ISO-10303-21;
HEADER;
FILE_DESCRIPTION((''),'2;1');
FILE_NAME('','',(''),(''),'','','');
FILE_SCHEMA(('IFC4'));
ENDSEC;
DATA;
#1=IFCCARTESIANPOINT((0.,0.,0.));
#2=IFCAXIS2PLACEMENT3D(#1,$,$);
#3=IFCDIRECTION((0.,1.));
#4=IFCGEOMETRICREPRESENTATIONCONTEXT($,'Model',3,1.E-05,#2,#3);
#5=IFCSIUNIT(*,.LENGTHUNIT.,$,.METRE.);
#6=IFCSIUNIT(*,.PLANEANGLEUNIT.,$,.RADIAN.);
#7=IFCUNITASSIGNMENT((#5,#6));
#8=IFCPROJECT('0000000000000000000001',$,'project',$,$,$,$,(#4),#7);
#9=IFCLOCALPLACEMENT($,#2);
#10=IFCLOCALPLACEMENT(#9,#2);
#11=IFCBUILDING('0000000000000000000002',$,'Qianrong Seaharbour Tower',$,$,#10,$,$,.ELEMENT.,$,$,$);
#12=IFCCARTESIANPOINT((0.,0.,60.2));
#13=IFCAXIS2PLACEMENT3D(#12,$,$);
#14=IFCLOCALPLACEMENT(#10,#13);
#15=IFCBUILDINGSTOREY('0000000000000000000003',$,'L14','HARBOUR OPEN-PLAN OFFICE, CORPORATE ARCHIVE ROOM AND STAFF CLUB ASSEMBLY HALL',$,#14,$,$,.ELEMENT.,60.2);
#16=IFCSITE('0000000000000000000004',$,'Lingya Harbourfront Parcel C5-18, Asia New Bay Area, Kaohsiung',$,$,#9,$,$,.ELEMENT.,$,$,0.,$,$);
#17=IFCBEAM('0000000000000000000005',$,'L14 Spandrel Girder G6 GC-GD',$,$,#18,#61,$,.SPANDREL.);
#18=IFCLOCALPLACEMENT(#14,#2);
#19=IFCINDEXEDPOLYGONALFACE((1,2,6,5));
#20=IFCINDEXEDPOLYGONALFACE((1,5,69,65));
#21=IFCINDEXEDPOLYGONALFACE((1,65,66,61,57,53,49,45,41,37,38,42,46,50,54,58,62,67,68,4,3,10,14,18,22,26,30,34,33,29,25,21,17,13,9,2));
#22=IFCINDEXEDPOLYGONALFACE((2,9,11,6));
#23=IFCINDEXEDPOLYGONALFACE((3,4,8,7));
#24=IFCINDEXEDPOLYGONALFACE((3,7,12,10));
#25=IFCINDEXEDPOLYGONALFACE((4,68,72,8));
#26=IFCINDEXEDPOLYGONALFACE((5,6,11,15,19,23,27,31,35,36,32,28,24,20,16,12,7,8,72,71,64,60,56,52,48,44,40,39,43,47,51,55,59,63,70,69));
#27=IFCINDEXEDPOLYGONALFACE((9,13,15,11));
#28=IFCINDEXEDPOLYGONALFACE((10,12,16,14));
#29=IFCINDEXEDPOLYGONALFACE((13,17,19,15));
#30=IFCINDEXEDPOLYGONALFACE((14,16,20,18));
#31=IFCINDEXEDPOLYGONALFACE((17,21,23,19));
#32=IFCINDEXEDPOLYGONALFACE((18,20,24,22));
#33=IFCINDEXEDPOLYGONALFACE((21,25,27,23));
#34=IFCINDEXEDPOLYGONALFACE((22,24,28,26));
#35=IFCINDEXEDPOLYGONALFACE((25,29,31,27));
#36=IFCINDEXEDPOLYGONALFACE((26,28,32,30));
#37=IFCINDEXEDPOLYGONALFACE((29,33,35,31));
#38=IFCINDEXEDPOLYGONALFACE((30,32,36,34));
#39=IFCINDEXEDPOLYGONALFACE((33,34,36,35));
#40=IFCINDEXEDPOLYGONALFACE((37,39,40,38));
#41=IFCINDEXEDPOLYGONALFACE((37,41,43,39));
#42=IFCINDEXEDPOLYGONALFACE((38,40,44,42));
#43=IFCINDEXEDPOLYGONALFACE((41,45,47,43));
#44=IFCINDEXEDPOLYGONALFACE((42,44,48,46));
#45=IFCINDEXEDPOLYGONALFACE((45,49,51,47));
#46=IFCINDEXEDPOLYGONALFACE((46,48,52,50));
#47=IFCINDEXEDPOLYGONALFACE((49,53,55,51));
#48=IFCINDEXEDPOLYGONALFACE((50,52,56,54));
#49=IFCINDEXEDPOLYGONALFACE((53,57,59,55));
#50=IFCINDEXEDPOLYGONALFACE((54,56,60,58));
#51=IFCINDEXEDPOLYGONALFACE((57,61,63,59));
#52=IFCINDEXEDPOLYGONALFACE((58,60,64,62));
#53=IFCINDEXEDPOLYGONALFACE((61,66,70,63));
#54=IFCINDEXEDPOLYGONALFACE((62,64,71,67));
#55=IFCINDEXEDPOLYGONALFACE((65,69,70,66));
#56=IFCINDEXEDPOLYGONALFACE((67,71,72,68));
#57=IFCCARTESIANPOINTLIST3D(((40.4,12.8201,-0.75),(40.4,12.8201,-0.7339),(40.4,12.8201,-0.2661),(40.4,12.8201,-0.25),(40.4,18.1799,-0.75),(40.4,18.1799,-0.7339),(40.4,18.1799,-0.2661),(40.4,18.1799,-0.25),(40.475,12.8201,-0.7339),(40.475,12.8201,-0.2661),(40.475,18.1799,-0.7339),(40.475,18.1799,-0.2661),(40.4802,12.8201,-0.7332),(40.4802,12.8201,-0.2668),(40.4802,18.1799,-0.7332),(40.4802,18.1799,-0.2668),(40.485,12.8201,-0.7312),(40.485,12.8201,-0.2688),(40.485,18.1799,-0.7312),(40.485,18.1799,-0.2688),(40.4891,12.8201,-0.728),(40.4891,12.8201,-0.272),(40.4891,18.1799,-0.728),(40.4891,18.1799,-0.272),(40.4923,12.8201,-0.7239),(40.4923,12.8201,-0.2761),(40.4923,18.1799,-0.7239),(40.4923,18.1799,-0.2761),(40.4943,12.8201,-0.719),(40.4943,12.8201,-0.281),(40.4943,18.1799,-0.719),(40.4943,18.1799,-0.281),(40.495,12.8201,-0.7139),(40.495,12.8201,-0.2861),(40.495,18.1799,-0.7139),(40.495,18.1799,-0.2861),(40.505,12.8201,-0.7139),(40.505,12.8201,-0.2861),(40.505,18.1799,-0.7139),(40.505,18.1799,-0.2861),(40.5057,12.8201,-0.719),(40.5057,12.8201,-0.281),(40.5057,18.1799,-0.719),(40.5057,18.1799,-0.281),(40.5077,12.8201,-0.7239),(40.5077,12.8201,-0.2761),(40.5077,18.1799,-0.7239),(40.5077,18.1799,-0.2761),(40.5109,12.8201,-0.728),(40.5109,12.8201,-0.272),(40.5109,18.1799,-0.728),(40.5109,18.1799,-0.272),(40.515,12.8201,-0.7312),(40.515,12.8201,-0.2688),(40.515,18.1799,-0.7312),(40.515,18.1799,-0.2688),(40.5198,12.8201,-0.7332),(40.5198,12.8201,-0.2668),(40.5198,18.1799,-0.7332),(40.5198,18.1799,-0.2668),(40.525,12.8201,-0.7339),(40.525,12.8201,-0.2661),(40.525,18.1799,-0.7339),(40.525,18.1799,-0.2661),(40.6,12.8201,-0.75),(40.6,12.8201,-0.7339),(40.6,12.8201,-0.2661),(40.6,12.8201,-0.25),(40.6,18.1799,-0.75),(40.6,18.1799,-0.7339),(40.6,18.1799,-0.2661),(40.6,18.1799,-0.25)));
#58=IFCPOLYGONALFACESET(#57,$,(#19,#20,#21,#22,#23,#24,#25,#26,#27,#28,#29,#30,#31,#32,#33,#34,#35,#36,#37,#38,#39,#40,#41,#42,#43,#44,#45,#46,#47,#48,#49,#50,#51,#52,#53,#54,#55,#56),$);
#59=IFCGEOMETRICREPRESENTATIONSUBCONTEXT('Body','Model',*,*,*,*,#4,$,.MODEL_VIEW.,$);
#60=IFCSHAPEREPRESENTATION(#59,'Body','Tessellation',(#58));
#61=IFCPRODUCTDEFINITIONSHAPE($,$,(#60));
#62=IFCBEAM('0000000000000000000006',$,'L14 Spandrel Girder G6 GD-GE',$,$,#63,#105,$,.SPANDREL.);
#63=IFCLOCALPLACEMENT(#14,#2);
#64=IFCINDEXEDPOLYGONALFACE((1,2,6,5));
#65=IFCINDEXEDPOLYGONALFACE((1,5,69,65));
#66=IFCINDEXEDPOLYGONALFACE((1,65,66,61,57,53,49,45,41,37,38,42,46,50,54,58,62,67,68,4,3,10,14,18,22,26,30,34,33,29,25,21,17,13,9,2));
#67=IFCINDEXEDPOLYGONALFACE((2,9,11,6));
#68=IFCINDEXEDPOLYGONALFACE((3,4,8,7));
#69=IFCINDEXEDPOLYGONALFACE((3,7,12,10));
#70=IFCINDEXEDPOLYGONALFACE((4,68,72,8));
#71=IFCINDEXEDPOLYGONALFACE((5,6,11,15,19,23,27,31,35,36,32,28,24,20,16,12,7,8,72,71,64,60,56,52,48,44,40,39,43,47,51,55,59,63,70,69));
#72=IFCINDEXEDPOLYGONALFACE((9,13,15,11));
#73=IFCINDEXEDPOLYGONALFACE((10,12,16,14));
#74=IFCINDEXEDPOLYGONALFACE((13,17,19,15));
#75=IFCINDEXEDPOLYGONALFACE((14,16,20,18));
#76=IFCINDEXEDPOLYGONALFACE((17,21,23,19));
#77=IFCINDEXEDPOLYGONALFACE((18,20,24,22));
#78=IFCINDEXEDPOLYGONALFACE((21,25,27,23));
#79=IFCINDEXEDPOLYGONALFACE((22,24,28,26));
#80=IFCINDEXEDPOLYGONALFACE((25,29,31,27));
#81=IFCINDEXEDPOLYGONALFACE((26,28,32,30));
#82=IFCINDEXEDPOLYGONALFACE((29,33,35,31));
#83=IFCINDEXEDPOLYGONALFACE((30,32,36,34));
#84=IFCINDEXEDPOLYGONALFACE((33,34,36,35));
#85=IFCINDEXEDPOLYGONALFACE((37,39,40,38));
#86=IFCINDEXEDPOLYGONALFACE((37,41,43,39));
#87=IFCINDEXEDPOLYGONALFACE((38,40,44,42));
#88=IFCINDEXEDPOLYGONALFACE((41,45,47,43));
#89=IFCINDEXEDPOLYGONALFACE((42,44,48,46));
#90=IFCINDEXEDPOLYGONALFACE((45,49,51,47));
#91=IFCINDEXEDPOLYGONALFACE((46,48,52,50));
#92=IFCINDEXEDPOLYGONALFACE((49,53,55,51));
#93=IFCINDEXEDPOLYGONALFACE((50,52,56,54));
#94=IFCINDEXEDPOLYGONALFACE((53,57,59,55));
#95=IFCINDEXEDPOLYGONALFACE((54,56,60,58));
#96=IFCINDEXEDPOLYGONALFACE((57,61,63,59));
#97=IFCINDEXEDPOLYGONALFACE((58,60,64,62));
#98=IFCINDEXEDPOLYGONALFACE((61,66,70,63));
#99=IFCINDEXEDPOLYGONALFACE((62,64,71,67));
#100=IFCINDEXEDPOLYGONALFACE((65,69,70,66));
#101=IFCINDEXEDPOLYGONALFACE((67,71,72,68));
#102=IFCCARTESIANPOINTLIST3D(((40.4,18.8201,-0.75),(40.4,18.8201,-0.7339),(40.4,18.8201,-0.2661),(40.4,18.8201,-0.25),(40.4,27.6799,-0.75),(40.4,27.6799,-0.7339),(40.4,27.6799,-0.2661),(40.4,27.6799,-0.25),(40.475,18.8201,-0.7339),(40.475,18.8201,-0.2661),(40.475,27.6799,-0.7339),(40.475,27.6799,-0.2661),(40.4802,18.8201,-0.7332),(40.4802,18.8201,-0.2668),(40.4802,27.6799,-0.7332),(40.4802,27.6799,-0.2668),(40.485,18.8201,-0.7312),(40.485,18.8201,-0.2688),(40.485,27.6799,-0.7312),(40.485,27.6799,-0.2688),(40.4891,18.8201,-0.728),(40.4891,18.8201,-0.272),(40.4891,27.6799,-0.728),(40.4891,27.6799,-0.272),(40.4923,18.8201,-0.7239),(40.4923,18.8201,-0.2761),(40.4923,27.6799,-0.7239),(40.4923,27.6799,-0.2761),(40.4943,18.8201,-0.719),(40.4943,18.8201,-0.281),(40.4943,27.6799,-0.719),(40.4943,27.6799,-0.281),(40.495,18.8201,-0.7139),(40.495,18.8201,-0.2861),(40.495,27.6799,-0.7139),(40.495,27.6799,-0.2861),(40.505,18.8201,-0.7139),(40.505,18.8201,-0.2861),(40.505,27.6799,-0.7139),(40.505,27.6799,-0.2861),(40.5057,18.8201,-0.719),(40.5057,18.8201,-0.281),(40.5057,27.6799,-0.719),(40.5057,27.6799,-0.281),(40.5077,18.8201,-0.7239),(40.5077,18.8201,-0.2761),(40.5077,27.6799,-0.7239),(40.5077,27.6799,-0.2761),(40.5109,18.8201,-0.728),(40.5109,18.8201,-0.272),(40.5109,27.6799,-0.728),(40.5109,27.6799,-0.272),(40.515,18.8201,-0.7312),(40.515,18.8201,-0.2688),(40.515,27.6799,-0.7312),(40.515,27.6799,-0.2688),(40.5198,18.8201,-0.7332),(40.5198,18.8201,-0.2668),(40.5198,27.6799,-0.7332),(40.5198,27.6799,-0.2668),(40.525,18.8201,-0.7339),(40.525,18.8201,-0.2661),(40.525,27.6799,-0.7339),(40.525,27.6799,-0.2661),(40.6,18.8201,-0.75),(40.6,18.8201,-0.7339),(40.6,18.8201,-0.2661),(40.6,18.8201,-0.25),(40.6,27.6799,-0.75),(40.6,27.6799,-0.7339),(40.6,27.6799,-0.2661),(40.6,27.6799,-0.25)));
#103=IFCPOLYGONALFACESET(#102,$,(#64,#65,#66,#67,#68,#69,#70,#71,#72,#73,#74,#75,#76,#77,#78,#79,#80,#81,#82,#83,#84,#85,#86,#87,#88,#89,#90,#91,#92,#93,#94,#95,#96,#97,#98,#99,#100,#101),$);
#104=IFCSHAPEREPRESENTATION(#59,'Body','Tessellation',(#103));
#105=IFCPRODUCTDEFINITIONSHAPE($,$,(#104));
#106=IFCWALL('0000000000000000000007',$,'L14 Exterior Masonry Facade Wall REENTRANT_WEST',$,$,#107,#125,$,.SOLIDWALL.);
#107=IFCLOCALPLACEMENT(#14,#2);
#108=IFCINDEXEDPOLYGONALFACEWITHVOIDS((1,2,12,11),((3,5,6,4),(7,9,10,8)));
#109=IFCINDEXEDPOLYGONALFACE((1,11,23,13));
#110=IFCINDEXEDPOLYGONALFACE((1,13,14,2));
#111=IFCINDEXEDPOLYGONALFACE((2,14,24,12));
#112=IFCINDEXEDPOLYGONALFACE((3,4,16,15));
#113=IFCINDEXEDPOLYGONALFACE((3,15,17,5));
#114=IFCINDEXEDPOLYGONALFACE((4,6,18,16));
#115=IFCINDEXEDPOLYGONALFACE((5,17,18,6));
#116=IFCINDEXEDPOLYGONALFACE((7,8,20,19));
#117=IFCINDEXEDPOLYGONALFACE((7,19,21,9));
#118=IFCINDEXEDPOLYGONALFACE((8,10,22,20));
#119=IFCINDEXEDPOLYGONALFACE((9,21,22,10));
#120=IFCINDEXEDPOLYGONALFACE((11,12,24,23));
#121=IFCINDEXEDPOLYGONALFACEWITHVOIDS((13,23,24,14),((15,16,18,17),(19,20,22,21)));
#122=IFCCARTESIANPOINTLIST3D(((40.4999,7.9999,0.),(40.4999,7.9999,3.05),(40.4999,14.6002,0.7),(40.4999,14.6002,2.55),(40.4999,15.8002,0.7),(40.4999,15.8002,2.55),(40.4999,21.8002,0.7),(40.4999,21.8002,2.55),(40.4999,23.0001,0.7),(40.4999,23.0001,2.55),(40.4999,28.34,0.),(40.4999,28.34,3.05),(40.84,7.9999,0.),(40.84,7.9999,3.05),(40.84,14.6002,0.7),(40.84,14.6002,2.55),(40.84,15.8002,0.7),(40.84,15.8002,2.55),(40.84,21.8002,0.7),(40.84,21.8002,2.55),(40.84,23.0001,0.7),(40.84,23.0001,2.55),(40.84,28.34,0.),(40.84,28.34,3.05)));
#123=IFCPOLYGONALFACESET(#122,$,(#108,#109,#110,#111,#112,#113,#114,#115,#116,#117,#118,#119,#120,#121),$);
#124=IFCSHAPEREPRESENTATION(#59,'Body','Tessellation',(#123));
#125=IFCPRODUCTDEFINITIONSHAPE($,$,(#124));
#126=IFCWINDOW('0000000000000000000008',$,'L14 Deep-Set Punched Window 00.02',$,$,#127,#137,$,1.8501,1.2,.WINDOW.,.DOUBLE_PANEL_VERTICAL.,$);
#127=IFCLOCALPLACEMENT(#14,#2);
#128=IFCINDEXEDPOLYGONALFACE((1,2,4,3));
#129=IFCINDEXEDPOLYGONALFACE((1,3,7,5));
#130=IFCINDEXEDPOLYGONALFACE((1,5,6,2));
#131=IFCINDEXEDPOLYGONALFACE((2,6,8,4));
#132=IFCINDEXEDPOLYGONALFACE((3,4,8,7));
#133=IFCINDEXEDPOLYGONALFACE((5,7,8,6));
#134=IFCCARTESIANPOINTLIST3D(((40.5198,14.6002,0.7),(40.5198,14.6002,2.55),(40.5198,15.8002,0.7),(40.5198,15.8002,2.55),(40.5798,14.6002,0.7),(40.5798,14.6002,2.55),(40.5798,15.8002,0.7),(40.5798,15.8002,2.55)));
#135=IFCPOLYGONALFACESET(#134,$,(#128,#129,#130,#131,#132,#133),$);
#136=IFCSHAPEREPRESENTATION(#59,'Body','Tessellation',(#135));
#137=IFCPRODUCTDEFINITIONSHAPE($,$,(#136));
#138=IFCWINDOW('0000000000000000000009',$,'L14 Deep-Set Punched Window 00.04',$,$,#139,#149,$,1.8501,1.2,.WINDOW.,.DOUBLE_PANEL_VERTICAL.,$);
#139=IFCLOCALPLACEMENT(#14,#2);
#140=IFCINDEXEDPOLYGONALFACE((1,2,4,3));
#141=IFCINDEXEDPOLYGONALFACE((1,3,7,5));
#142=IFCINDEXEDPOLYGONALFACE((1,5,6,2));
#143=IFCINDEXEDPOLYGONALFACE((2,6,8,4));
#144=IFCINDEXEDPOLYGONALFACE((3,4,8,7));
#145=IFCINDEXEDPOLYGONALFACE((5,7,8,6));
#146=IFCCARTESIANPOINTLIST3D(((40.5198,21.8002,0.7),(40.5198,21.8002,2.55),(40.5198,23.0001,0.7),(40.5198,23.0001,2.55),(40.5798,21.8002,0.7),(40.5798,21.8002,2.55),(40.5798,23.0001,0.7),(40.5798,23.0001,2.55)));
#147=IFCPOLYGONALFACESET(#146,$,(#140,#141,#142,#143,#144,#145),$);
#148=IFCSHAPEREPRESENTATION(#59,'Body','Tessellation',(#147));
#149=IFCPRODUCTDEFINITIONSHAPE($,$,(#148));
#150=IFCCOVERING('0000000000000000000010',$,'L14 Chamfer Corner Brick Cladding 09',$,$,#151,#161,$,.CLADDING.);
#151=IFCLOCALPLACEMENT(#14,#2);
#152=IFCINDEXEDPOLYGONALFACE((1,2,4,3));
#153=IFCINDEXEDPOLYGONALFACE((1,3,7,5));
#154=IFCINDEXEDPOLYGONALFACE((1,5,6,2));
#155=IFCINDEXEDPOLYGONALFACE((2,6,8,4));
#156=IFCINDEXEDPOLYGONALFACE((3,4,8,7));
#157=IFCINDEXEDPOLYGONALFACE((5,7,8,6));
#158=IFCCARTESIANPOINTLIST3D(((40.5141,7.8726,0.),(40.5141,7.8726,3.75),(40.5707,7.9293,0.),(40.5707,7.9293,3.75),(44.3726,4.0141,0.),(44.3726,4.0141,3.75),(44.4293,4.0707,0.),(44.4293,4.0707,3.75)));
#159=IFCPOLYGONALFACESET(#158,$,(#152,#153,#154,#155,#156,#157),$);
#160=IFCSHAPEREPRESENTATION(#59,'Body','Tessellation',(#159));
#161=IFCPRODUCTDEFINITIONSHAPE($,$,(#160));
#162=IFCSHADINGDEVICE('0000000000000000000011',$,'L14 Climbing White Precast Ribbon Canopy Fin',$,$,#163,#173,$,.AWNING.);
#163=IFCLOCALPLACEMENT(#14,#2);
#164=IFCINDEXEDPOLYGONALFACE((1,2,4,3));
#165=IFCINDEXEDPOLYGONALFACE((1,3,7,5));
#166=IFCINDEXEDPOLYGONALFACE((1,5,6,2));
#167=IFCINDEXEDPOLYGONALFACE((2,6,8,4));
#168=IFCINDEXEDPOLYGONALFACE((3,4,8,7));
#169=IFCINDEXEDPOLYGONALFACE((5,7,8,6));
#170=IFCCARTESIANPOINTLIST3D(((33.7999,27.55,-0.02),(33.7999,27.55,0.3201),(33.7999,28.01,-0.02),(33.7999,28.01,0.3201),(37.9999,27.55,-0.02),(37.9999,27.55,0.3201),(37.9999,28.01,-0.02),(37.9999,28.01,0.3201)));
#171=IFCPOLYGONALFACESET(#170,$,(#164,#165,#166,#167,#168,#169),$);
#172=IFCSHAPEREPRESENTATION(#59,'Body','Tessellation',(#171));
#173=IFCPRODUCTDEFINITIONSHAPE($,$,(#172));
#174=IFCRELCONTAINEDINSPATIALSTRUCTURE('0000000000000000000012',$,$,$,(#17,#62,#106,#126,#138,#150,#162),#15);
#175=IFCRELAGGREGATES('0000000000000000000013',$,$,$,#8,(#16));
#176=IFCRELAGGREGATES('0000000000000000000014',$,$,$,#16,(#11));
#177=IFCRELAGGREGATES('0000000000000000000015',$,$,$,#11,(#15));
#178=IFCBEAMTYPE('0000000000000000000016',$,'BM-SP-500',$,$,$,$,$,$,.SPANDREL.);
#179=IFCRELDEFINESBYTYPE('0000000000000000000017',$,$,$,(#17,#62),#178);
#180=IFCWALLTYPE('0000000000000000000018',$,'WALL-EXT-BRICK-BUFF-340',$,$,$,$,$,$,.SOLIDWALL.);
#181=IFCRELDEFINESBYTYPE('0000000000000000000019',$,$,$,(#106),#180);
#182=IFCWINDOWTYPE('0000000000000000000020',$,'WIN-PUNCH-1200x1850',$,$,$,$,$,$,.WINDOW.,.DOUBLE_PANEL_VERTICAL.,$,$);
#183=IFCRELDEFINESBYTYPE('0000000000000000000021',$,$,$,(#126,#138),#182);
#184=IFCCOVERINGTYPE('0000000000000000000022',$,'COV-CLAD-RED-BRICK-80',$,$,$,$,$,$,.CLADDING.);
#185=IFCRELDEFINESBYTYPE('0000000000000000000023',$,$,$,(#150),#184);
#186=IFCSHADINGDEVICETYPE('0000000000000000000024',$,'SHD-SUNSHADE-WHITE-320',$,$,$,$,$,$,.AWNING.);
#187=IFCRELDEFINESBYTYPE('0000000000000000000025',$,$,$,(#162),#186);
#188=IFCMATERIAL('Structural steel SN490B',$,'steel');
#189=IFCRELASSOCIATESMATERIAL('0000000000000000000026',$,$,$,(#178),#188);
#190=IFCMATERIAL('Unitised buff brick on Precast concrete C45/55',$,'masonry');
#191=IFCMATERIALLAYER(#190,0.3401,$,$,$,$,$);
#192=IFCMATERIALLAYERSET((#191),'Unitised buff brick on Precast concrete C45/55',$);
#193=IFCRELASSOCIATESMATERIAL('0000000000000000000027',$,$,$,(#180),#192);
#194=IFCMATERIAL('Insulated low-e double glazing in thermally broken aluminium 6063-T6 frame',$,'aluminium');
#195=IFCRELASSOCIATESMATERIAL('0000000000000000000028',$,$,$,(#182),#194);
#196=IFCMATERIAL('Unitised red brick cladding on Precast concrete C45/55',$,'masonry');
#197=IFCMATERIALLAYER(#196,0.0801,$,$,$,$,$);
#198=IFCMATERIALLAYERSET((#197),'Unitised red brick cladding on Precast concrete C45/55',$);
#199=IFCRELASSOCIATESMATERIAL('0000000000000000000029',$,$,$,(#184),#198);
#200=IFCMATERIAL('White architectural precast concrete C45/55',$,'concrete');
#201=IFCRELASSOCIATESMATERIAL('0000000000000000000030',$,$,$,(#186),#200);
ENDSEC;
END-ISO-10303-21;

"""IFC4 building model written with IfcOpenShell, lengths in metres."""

from ifc_helpers import new_model, si_unit, direction, frame, frame_2d, origin, origin_2d, place, context, subcontext, project, spatial, rectangle, i_section, extrude, material, layer, layer_set, material_profile, profile_set, type_object, element, fill, save


model = new_model("IFC4")

# Units and contexts
model_context = context("Model", 3, precision=1e-05, world=origin(), true_north=direction((0.0, 1.0)))
body_context = subcontext(model_context, "Body", "Model", "MODEL_VIEW")
ifc_project = project(units=[si_unit("LENGTHUNIT", "METRE"), si_unit("PLANEANGLEUNIT", "RADIAN")], contexts=[model_context])

# Site, building, storey
site_placement = place(None, origin())
site = spatial("IfcSite", under=ifc_project, at=site_placement, Name="Lingya Harbourfront Parcel C5-18, Asia New Bay Area, Kaohsiung", CompositionType="ELEMENT", RefElevation=0.0)
building_placement = place(site_placement, origin())
building = spatial("IfcBuilding", under=site, at=building_placement, Name="Qianrong Seaharbour Tower", CompositionType="ELEMENT")
storey_placement = place(building_placement, frame((0.0, 0.0, 60.2)))
storey = spatial("IfcBuildingStorey", under=building, at=storey_placement, Name="L14", Description="HARBOUR OPEN-PLAN OFFICE, CORPORATE ARCHIVE ROOM AND STAFF CLUB ASSEMBLY HALL", CompositionType="ELEMENT", Elevation=60.2)

# Shared definitions
ifc_material_1 = material(Name="Structural steel SN490B", Category="steel")

# Beams
ifc_material_profile_1 = material_profile(ifc_material_1, i_section(OverallWidth=0.2, OverallDepth=0.5, WebThickness=0.01, FlangeThickness=0.0161, FilletRadius=0.02, at=origin_2d()), Name="H500x200x10x16")
ifc_profile_set_1 = profile_set([ifc_material_profile_1], Name="Structural steel SN490B")
beam_type_1 = type_object("IfcBeamType", Name="BM-SP-500", PredefinedType="SPANDREL", material=ifc_profile_set_1)
beam_1_placement = place(storey_placement, frame((40.5, 12.8201, -0.5), z_axis=(0.0, 1.0, 0.0), x_axis=(-1.0, 0.0, 0.0)))
element("IfcBeam", 1, at=beam_1_placement, inside=storey, type_object=beam_type_1, Name="L14 Spandrel Girder G6 GC-GD", PredefinedType="SPANDREL", context=body_context, shape_type="SweptSolid", body=[
    extrude(i_section(OverallWidth=0.2, OverallDepth=0.5, WebThickness=0.01, FlangeThickness=0.0161, FilletRadius=0.02, at=origin_2d()), origin(), (0.0, 0.0, 1.0), 5.3599),
])
beam_2_placement = place(storey_placement, frame((40.5, 18.8201, -0.5), z_axis=(0.0, 1.0, 0.0), x_axis=(-1.0, 0.0, 0.0)))
element("IfcBeam", 2, at=beam_2_placement, inside=storey, type_object=beam_type_1, Name="L14 Spandrel Girder G6 GD-GE", PredefinedType="SPANDREL", context=body_context, shape_type="SweptSolid", body=[
    extrude(i_section(OverallWidth=0.2, OverallDepth=0.5, WebThickness=0.01, FlangeThickness=0.0161, FilletRadius=0.02, at=origin_2d()), origin(), (0.0, 0.0, 1.0), 8.8599),
])

# Wall, openings, windows
ifc_material_2 = material(Name="Unitised buff brick on Precast concrete C45/55", Category="masonry")
ifc_layer_1 = layer(ifc_material_2, 0.3401)
ifc_layer_set_1 = layer_set([ifc_layer_1], Name="Unitised buff brick on Precast concrete C45/55")
wall_type = type_object("IfcWallType", Name="WALL-EXT-BRICK-BUFF-340", PredefinedType="SOLIDWALL", material=ifc_layer_set_1)
wall_placement = place(storey_placement, frame((40.6699, 8.0, 0.0), z_axis=(0.0, 0.0, 1.0), x_axis=(0.0, 1.0, 0.0)))
wall = element("IfcWall", 3, at=wall_placement, inside=storey, type_object=wall_type, Name="L14 Exterior Masonry Facade Wall REENTRANT_WEST", PredefinedType="SOLIDWALL", context=body_context, shape_type="SweptSolid", body=[
    extrude(rectangle(XDim=20.3401, YDim=0.3401, at=frame_2d((10.1699, 0.0))), origin(), (0.0, 0.0, 1.0), 3.05),
])
opening_1_placement = place(wall_placement, frame((6.6001, 0.0, 0.7)))
opening_1 = element("IfcOpeningElement", 4, at=opening_1_placement, cuts=wall, PredefinedType="OPENING", context=body_context, shape_type="SweptSolid", body=[
    extrude(rectangle(XDim=1.2, YDim=1.8501, at=frame_2d((0.6001, 0.925))), frame((0.0, 0.1802, 0.0), z_axis=(0.0, -1.0, 0.0), x_axis=(1.0, 0.0, 0.0)), (0.0, 0.0, 1.0), 0.3601),
])
opening_2_placement = place(wall_placement, frame((13.8, 0.0, 0.7)))
opening_2 = element("IfcOpeningElement", 5, at=opening_2_placement, cuts=wall, PredefinedType="OPENING", context=body_context, shape_type="SweptSolid", body=[
    extrude(rectangle(XDim=1.2, YDim=1.8501, at=frame_2d((0.6001, 0.925))), frame((0.0, 0.1802, 0.0), z_axis=(0.0, -1.0, 0.0), x_axis=(1.0, 0.0, 0.0)), (0.0, 0.0, 1.0), 0.3601),
])
ifc_material_3 = material(Name="Insulated low-e double glazing in thermally broken aluminium 6063-T6 frame", Category="aluminium")
window_type = type_object("IfcWindowType", Name="WIN-PUNCH-1200x1850", PartitioningType="DOUBLE_PANEL_VERTICAL", PredefinedType="WINDOW", material=ifc_material_3)
window_1_placement = place(opening_1_placement, origin())
window_1 = element("IfcWindow", 6, at=window_1_placement, inside=storey, type_object=window_type, Name="L14 Deep-Set Punched Window 00.02", OverallHeight=1.8501, OverallWidth=1.2, PartitioningType="DOUBLE_PANEL_VERTICAL", PredefinedType="WINDOW", context=body_context, shape_type="SweptSolid", body=[
    extrude(rectangle(XDim=1.2, YDim=1.8501, at=frame_2d((0.6001, 0.925))), frame((0.0, 0.1501, 0.0), z_axis=(0.0, -1.0, 0.0), x_axis=(1.0, 0.0, 0.0)), (0.0, 0.0, 1.0), 0.0601),
])
fill(opening_1, window_1)
window_2_placement = place(opening_2_placement, origin())
window_2 = element("IfcWindow", 7, at=window_2_placement, inside=storey, type_object=window_type, Name="L14 Deep-Set Punched Window 00.04", OverallHeight=1.8501, OverallWidth=1.2, PartitioningType="DOUBLE_PANEL_VERTICAL", PredefinedType="WINDOW", context=body_context, shape_type="SweptSolid", body=[
    extrude(rectangle(XDim=1.2, YDim=1.8501, at=frame_2d((0.6001, 0.925))), frame((0.0, 0.1501, 0.0), z_axis=(0.0, -1.0, 0.0), x_axis=(1.0, 0.0, 0.0)), (0.0, 0.0, 1.0), 0.0601),
])
fill(opening_2, window_2)

# Covering
ifc_material_4 = material(Name="Unitised red brick cladding on Precast concrete C45/55", Category="masonry")
ifc_layer_2 = layer(ifc_material_4, 0.0801)
ifc_layer_set_2 = layer_set([ifc_layer_2], Name="Unitised red brick cladding on Precast concrete C45/55")
covering_type = type_object("IfcCoveringType", Name="COV-CLAD-RED-BRICK-80", PredefinedType="CLADDING", material=ifc_layer_set_2)
covering_placement = place(storey_placement, frame((42.4717, 5.9717, 0.0), z_axis=(0.0, 0.0, 1.0), x_axis=(-0.707107, 0.707107, 0.0)))
element("IfcCovering", 8, at=covering_placement, inside=storey, type_object=covering_type, Name="L14 Chamfer Corner Brick Cladding 09", PredefinedType="CLADDING", context=body_context, shape_type="SweptSolid", body=[
    extrude(rectangle(XDim=5.4568, YDim=0.0801, at=origin_2d()), origin(), (0.0, 0.0, 1.0), 3.75),
])

# Shading device
ifc_material_5 = material(Name="White architectural precast concrete C45/55", Category="concrete")
shading_device_type = type_object("IfcShadingDeviceType", Name="SHD-SUNSHADE-WHITE-320", PredefinedType="AWNING", material=ifc_material_5)
shading_device_placement = place(storey_placement, frame((35.8999, 27.78, -0.02), z_axis=(0.0, 0.0, 1.0), x_axis=(1.0, 0.0, 0.0)))
element("IfcShadingDevice", 9, at=shading_device_placement, inside=storey, type_object=shading_device_type, Name="L14 Climbing White Precast Ribbon Canopy Fin", PredefinedType="AWNING", context=body_context, shape_type="SweptSolid", body=[
    extrude(rectangle(XDim=4.2, YDim=0.46, at=origin_2d()), origin(), (0.0, 0.0, 1.0), 0.3401),
])

save(model, "model.ifc")
